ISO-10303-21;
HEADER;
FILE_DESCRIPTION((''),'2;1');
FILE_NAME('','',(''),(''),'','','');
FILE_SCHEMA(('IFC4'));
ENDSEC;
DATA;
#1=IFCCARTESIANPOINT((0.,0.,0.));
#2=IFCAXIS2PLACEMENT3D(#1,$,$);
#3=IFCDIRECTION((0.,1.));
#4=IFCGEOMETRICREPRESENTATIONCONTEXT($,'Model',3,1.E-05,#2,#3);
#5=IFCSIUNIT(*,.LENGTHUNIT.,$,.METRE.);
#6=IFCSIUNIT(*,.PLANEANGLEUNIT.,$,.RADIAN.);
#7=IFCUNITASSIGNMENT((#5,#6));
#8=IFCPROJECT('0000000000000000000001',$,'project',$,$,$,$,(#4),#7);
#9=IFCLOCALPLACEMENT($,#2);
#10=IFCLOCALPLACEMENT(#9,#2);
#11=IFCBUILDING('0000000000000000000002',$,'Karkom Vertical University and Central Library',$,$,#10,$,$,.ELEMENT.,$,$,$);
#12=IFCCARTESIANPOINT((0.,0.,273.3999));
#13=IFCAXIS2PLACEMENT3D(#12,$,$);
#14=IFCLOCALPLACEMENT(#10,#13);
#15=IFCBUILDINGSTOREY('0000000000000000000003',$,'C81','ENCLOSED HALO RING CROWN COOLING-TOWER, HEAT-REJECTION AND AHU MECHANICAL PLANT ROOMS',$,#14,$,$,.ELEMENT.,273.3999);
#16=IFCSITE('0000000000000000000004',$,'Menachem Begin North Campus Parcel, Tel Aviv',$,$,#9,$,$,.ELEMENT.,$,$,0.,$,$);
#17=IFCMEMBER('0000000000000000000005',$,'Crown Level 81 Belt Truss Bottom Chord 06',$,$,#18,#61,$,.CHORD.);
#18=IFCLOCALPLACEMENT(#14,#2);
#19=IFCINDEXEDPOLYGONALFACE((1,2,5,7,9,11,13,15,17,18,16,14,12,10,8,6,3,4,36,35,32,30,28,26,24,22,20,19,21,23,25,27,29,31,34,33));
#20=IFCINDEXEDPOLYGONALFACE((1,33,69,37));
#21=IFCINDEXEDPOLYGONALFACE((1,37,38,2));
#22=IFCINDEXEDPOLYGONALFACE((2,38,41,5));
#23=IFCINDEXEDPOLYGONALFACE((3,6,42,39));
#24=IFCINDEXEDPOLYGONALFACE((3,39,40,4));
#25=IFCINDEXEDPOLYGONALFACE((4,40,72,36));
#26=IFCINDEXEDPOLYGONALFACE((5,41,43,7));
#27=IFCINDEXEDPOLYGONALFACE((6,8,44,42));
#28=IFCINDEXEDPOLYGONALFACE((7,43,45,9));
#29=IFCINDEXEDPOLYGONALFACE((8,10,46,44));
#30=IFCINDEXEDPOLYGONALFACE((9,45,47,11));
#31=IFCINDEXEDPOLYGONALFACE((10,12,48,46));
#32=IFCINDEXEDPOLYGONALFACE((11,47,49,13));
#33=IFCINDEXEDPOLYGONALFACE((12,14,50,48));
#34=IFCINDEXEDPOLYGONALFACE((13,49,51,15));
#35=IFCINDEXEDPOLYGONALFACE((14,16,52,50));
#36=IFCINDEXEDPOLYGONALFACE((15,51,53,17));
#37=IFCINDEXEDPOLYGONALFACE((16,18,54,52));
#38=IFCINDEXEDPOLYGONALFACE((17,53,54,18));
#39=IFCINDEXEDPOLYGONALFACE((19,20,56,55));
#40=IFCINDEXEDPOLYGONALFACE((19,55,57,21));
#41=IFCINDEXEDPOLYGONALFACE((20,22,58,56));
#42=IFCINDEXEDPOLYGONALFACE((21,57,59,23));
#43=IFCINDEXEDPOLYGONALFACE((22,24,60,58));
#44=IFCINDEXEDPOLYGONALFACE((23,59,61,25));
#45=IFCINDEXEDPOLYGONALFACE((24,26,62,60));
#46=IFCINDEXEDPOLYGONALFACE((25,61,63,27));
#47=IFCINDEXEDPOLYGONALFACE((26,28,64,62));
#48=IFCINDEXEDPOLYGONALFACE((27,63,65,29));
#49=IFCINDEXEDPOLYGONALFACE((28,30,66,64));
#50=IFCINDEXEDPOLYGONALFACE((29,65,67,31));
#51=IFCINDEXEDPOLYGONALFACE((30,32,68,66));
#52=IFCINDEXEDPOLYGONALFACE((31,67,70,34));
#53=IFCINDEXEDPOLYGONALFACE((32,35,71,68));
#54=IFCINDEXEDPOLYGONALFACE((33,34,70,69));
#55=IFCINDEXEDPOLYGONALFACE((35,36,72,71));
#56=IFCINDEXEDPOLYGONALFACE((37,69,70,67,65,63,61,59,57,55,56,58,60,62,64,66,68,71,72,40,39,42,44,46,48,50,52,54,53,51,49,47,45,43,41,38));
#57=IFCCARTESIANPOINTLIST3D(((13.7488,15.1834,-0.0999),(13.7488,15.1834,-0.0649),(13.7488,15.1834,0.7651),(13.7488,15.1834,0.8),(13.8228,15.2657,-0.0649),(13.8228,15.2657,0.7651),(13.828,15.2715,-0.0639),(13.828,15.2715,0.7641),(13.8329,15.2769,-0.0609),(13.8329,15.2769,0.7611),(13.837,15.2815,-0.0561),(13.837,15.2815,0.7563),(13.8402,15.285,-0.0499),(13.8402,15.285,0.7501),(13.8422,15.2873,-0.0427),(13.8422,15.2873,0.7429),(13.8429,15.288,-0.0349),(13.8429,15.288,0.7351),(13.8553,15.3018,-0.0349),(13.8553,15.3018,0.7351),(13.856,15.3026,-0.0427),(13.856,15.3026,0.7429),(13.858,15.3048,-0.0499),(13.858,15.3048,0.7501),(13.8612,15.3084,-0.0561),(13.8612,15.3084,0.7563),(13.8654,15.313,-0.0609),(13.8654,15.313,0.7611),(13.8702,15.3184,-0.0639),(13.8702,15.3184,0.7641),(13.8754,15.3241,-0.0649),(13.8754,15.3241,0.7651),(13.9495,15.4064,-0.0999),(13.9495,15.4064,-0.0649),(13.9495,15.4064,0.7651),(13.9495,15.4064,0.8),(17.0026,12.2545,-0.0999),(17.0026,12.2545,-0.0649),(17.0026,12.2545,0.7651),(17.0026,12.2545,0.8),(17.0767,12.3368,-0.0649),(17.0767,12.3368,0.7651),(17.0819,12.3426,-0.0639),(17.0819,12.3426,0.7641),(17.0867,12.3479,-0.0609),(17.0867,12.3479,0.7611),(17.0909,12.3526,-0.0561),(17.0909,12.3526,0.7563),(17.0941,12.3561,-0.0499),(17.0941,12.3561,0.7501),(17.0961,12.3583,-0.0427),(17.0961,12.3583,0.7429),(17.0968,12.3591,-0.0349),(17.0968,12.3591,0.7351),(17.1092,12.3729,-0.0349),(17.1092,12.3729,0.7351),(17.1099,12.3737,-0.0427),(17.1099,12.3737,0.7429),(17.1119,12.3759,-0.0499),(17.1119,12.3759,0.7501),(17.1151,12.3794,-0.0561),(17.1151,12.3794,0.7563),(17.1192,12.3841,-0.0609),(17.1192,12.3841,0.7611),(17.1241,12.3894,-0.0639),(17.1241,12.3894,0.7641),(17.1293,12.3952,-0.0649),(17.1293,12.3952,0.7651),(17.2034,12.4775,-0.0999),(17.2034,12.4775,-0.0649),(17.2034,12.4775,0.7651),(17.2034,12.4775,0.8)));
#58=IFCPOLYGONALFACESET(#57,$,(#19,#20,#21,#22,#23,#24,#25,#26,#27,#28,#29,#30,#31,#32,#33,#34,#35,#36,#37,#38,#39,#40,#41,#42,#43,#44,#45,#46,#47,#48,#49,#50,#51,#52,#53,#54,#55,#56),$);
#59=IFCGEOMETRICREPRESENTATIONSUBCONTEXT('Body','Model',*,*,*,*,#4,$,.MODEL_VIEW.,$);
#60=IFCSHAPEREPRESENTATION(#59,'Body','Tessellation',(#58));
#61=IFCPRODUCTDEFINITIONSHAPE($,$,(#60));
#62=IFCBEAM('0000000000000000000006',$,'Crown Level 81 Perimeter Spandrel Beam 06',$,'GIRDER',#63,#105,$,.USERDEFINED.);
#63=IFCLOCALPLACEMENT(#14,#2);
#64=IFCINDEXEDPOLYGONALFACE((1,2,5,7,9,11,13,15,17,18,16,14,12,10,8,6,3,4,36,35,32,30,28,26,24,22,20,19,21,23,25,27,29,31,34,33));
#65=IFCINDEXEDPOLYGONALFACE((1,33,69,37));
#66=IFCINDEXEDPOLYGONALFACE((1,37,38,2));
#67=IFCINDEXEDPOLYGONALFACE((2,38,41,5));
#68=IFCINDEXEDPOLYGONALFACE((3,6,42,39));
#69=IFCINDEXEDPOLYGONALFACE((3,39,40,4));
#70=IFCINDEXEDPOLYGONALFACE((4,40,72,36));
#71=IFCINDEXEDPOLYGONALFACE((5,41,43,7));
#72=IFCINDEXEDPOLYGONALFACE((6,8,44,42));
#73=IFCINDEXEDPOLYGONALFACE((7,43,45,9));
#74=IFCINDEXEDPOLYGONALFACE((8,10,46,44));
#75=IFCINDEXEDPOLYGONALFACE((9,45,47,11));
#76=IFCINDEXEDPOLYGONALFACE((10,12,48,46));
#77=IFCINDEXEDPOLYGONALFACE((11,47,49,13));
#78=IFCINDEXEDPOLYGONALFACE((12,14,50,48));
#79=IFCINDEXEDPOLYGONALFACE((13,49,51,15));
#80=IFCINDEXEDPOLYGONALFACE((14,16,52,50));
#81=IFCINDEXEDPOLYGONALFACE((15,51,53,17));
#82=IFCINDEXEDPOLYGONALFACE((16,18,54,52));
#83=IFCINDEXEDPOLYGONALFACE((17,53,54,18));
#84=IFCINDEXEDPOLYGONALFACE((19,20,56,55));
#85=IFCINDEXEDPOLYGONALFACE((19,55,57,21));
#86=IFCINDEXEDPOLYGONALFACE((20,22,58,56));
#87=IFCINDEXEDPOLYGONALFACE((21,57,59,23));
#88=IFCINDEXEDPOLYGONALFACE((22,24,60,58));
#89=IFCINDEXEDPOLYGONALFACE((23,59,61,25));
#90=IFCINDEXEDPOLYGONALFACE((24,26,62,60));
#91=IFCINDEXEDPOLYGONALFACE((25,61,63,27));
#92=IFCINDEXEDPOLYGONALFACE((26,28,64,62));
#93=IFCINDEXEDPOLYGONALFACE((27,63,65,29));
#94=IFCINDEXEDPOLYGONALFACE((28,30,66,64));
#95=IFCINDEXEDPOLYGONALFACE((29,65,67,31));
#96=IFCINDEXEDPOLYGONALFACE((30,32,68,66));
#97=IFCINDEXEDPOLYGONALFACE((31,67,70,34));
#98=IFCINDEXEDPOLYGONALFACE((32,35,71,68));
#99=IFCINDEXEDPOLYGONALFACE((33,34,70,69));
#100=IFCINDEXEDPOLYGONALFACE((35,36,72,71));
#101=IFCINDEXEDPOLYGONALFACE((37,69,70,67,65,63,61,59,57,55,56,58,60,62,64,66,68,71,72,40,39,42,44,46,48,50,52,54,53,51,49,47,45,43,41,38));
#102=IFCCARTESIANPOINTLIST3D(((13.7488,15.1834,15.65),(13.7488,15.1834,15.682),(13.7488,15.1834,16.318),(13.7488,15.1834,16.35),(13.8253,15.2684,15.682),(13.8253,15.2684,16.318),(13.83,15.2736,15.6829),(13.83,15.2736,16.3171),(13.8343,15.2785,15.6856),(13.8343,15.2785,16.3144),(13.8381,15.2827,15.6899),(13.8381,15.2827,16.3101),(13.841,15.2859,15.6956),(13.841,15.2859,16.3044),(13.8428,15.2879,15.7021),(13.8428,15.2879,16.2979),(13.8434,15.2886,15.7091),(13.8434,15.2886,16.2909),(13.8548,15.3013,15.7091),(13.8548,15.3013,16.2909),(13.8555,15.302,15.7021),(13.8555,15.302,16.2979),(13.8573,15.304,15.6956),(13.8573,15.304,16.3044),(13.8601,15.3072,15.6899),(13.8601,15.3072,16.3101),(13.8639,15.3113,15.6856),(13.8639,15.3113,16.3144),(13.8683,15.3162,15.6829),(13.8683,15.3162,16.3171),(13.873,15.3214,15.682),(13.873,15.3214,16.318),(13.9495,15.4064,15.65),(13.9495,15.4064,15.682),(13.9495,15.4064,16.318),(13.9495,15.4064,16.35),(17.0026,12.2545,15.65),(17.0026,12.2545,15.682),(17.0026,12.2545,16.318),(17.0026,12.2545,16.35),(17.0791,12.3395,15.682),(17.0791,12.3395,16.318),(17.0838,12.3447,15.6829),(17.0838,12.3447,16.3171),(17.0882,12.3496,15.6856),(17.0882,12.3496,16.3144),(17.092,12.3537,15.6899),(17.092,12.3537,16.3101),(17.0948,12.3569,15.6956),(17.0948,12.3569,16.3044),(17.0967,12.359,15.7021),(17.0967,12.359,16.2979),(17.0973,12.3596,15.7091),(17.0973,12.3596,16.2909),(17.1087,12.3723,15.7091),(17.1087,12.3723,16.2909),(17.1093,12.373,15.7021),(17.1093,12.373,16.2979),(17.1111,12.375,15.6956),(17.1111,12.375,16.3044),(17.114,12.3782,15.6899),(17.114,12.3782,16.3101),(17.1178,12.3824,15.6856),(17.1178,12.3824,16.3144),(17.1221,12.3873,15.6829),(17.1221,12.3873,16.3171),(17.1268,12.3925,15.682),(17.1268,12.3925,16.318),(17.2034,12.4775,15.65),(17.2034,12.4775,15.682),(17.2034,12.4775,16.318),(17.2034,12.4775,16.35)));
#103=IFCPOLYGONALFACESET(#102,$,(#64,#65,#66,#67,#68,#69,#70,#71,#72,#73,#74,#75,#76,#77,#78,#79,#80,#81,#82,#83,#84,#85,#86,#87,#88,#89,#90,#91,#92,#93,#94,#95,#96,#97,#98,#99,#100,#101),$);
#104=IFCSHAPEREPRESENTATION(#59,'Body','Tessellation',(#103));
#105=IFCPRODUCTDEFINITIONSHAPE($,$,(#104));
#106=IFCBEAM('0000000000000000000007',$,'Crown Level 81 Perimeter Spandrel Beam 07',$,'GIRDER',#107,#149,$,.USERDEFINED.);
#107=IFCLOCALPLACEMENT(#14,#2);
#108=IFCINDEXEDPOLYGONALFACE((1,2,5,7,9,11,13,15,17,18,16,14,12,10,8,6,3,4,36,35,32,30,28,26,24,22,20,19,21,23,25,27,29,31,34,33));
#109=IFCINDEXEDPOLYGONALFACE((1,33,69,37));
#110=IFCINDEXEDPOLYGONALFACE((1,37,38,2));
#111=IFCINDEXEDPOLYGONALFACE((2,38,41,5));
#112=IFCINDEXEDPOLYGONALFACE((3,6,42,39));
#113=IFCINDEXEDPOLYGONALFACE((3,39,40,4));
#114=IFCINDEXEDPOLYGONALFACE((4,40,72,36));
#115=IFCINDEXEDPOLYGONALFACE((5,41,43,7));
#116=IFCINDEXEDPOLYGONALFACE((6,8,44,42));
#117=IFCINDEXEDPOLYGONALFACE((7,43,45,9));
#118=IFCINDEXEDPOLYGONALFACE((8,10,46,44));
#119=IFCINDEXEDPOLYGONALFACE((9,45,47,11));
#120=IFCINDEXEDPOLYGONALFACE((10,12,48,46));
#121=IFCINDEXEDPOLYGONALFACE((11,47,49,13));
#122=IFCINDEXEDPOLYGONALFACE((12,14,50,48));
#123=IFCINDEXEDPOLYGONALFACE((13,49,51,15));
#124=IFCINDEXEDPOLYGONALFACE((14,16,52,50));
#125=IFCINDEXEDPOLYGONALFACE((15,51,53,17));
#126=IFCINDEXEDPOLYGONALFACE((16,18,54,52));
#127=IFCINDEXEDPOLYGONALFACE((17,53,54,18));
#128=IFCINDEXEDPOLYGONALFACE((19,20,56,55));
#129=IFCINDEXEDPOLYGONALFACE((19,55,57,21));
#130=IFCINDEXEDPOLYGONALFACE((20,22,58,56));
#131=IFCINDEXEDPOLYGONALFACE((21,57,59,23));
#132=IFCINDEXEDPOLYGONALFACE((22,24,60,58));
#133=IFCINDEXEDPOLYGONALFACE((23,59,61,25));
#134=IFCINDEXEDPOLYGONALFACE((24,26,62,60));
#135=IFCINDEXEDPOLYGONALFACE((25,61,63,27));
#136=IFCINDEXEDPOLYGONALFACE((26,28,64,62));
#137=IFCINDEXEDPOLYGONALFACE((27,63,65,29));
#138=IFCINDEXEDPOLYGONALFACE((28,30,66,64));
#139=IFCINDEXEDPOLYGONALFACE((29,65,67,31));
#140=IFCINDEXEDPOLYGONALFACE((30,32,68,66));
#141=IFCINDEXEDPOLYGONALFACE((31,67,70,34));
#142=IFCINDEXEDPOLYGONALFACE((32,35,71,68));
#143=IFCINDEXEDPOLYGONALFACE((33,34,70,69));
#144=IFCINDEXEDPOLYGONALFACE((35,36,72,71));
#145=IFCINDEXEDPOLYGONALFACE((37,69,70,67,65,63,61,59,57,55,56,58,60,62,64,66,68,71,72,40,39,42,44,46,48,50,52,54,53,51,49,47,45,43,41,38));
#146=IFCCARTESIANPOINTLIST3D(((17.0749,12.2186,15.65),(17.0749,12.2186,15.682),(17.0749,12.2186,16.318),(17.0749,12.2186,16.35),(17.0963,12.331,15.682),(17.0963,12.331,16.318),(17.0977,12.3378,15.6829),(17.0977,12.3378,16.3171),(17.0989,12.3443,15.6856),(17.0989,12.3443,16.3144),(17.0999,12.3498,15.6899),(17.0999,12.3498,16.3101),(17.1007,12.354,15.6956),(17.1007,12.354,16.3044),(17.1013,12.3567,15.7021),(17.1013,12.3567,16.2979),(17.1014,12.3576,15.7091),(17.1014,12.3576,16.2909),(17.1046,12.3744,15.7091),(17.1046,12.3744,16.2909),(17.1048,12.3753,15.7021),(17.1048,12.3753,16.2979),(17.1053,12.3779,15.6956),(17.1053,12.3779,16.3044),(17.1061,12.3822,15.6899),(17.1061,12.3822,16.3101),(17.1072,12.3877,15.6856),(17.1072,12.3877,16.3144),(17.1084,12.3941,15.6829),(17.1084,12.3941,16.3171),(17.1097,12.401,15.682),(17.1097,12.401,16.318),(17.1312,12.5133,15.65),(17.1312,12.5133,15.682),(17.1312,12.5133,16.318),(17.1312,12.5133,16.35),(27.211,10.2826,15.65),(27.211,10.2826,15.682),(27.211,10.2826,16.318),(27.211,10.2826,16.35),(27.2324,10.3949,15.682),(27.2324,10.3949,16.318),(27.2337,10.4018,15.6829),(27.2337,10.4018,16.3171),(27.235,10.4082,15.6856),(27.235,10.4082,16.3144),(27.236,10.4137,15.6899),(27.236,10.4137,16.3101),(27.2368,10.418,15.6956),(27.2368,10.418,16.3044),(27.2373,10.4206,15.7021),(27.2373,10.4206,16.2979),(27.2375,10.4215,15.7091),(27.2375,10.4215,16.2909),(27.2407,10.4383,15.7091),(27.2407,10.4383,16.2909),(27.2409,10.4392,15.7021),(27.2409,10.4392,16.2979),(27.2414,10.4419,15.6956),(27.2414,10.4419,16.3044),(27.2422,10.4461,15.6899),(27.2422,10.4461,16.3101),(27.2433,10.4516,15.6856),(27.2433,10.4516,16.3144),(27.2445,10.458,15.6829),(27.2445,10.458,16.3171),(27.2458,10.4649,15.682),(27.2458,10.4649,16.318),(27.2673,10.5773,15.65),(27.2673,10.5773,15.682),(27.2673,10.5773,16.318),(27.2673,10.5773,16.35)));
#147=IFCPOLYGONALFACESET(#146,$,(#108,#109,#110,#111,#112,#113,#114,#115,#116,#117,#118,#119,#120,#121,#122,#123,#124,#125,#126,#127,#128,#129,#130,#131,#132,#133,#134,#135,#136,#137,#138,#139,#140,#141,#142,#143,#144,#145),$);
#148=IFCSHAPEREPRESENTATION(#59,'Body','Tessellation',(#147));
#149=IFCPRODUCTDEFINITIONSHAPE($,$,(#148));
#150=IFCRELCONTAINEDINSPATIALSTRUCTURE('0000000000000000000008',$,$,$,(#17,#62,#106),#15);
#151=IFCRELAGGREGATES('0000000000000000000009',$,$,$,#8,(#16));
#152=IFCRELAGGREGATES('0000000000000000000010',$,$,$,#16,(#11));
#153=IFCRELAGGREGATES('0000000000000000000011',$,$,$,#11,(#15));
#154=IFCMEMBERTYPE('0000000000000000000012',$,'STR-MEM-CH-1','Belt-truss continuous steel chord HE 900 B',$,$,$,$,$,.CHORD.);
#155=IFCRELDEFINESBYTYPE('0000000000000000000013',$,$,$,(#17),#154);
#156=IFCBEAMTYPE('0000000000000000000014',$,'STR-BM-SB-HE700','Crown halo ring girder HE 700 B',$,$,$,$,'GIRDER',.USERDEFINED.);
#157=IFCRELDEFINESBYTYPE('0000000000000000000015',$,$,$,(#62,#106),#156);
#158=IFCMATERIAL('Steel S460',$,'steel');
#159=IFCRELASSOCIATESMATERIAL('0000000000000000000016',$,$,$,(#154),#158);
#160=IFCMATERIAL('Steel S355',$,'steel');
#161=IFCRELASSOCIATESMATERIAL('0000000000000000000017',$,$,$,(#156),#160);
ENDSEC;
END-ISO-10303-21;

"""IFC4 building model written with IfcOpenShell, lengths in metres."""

from ifc_helpers import new_model, si_unit, direction, frame, origin, origin_with_axes, origin_2d, place, context, subcontext, project, spatial, i_section, extrude, source, transform, mapped, material, material_profile, profile_set, type_object, element, save


model = new_model("IFC4")

# Units and contexts
model_context = context("Model", 3, precision=1e-05, world=origin(), true_north=direction((0.0, 1.0)))
body_context = subcontext(model_context, "Body", "Model", "MODEL_VIEW")
ifc_project = project(units=[si_unit("LENGTHUNIT", "METRE"), si_unit("PLANEANGLEUNIT", "RADIAN")], contexts=[model_context])

# Site, building, storey
site_placement = place(None, origin())
site = spatial("IfcSite", under=ifc_project, at=site_placement, Name="Menachem Begin North Campus Parcel, Tel Aviv", CompositionType="ELEMENT", RefElevation=0.0)
building_placement = place(site_placement, origin())
building = spatial("IfcBuilding", under=site, at=building_placement, Name="Karkom Vertical University and Central Library", CompositionType="ELEMENT")
storey_placement = place(building_placement, frame((0.0, 0.0, 273.3999)))
storey = spatial("IfcBuildingStorey", under=building, at=storey_placement, Name="C81", Description="ENCLOSED HALO RING CROWN COOLING-TOWER, HEAT-REJECTION AND AHU MECHANICAL PLANT ROOMS", CompositionType="ELEMENT", Elevation=273.3999)

# Shared definitions
ifc_material_1 = material(Name="Steel S355", Category="steel")

# Member
ifc_material_2 = material(Name="Steel S460", Category="steel")
ifc_material_profile_1 = material_profile(ifc_material_2, i_section(OverallWidth=0.3, OverallDepth=0.8999, WebThickness=0.0186, FlangeThickness=0.0349, FilletRadius=0.03, at=origin_2d()), Name="HE 900 B")
ifc_profile_set_1 = profile_set([ifc_material_profile_1], Name="Steel S460")
member_type_1 = type_object("IfcMemberType", Name="STR-MEM-CH-1", Description="Belt-truss continuous steel chord HE 900 B", PredefinedType="CHORD", material=ifc_profile_set_1)
shared_shape_1 = source(origin_with_axes(), body_context, "Body", "SweptSolid", [
    extrude(i_section(OverallWidth=0.3, OverallDepth=0.8999, WebThickness=0.0186, FlangeThickness=0.0349, FilletRadius=0.03, at=origin_2d()), origin(), (0.0, 0.0, 1.0), 4.3779),
])
member_1_placement = place(storey_placement, frame((13.8491, 15.2949, 0.3501), z_axis=(0.743244, -0.66902, 0.0), x_axis=(0.66902, 0.743244, 0.0)))
element("IfcMember", 1, at=member_1_placement, inside=storey, type_object=member_type_1, Name="Crown Level 81 Belt Truss Bottom Chord 06", PredefinedType="CHORD", context=body_context, shape_type="MappedRepresentation", body=[
    mapped(shared_shape_1, transform((0.0, 0.0, 0.0), scale=1.0)),
])

# Beams
ifc_material_profile_2 = material_profile(ifc_material_1, i_section(OverallWidth=0.3, OverallDepth=0.7, WebThickness=0.0171, FlangeThickness=0.032, FilletRadius=0.0271, at=origin_2d()), Name="HE 700 B")
ifc_profile_set_2 = profile_set([ifc_material_profile_2], Name="Steel S355")
beam_type_1 = type_object("IfcBeamType", Name="STR-BM-SB-HE700", Description="Crown halo ring girder HE 700 B", ElementType="GIRDER", PredefinedType="USERDEFINED", material=ifc_profile_set_2)
shared_shape_2 = source(origin_with_axes(), body_context, "Body", "SweptSolid", [
    extrude(i_section(OverallWidth=0.3, OverallDepth=0.7, WebThickness=0.0171, FlangeThickness=0.032, FilletRadius=0.0271, at=origin_2d()), origin(), (0.0, 0.0, 1.0), 4.3779),
])
beam_1_placement = place(storey_placement, frame((13.8491, 15.2949, 16.0), z_axis=(0.743244, -0.66902, 0.0), x_axis=(0.66902, 0.743244, 0.0)))
element("IfcBeam", 2, at=beam_1_placement, inside=storey, type_object=beam_type_1, Name="Crown Level 81 Perimeter Spandrel Beam 06", ObjectType="GIRDER", PredefinedType="USERDEFINED", context=body_context, shape_type="MappedRepresentation", body=[
    mapped(shared_shape_2, transform((0.0, 0.0, 0.0), scale=1.0)),
])
shared_shape_3 = source(origin_with_axes(), body_context, "Body", "SweptSolid", [
    extrude(i_section(OverallWidth=0.3, OverallDepth=0.7, WebThickness=0.0171, FlangeThickness=0.032, FilletRadius=0.0271, at=origin_2d()), origin(), (0.0, 0.0, 1.0), 10.3193),
])
beam_2_placement = place(storey_placement, frame((17.103, 12.366, 16.0), z_axis=(0.982243, -0.187614, 0.0), x_axis=(0.187614, 0.982243, 0.0)))
element("IfcBeam", 3, at=beam_2_placement, inside=storey, type_object=beam_type_1, Name="Crown Level 81 Perimeter Spandrel Beam 07", ObjectType="GIRDER", PredefinedType="USERDEFINED", context=body_context, shape_type="MappedRepresentation", body=[
    mapped(shared_shape_3, transform((0.0, 0.0, 0.0), scale=1.0)),
])

save(model, "model.ifc")
